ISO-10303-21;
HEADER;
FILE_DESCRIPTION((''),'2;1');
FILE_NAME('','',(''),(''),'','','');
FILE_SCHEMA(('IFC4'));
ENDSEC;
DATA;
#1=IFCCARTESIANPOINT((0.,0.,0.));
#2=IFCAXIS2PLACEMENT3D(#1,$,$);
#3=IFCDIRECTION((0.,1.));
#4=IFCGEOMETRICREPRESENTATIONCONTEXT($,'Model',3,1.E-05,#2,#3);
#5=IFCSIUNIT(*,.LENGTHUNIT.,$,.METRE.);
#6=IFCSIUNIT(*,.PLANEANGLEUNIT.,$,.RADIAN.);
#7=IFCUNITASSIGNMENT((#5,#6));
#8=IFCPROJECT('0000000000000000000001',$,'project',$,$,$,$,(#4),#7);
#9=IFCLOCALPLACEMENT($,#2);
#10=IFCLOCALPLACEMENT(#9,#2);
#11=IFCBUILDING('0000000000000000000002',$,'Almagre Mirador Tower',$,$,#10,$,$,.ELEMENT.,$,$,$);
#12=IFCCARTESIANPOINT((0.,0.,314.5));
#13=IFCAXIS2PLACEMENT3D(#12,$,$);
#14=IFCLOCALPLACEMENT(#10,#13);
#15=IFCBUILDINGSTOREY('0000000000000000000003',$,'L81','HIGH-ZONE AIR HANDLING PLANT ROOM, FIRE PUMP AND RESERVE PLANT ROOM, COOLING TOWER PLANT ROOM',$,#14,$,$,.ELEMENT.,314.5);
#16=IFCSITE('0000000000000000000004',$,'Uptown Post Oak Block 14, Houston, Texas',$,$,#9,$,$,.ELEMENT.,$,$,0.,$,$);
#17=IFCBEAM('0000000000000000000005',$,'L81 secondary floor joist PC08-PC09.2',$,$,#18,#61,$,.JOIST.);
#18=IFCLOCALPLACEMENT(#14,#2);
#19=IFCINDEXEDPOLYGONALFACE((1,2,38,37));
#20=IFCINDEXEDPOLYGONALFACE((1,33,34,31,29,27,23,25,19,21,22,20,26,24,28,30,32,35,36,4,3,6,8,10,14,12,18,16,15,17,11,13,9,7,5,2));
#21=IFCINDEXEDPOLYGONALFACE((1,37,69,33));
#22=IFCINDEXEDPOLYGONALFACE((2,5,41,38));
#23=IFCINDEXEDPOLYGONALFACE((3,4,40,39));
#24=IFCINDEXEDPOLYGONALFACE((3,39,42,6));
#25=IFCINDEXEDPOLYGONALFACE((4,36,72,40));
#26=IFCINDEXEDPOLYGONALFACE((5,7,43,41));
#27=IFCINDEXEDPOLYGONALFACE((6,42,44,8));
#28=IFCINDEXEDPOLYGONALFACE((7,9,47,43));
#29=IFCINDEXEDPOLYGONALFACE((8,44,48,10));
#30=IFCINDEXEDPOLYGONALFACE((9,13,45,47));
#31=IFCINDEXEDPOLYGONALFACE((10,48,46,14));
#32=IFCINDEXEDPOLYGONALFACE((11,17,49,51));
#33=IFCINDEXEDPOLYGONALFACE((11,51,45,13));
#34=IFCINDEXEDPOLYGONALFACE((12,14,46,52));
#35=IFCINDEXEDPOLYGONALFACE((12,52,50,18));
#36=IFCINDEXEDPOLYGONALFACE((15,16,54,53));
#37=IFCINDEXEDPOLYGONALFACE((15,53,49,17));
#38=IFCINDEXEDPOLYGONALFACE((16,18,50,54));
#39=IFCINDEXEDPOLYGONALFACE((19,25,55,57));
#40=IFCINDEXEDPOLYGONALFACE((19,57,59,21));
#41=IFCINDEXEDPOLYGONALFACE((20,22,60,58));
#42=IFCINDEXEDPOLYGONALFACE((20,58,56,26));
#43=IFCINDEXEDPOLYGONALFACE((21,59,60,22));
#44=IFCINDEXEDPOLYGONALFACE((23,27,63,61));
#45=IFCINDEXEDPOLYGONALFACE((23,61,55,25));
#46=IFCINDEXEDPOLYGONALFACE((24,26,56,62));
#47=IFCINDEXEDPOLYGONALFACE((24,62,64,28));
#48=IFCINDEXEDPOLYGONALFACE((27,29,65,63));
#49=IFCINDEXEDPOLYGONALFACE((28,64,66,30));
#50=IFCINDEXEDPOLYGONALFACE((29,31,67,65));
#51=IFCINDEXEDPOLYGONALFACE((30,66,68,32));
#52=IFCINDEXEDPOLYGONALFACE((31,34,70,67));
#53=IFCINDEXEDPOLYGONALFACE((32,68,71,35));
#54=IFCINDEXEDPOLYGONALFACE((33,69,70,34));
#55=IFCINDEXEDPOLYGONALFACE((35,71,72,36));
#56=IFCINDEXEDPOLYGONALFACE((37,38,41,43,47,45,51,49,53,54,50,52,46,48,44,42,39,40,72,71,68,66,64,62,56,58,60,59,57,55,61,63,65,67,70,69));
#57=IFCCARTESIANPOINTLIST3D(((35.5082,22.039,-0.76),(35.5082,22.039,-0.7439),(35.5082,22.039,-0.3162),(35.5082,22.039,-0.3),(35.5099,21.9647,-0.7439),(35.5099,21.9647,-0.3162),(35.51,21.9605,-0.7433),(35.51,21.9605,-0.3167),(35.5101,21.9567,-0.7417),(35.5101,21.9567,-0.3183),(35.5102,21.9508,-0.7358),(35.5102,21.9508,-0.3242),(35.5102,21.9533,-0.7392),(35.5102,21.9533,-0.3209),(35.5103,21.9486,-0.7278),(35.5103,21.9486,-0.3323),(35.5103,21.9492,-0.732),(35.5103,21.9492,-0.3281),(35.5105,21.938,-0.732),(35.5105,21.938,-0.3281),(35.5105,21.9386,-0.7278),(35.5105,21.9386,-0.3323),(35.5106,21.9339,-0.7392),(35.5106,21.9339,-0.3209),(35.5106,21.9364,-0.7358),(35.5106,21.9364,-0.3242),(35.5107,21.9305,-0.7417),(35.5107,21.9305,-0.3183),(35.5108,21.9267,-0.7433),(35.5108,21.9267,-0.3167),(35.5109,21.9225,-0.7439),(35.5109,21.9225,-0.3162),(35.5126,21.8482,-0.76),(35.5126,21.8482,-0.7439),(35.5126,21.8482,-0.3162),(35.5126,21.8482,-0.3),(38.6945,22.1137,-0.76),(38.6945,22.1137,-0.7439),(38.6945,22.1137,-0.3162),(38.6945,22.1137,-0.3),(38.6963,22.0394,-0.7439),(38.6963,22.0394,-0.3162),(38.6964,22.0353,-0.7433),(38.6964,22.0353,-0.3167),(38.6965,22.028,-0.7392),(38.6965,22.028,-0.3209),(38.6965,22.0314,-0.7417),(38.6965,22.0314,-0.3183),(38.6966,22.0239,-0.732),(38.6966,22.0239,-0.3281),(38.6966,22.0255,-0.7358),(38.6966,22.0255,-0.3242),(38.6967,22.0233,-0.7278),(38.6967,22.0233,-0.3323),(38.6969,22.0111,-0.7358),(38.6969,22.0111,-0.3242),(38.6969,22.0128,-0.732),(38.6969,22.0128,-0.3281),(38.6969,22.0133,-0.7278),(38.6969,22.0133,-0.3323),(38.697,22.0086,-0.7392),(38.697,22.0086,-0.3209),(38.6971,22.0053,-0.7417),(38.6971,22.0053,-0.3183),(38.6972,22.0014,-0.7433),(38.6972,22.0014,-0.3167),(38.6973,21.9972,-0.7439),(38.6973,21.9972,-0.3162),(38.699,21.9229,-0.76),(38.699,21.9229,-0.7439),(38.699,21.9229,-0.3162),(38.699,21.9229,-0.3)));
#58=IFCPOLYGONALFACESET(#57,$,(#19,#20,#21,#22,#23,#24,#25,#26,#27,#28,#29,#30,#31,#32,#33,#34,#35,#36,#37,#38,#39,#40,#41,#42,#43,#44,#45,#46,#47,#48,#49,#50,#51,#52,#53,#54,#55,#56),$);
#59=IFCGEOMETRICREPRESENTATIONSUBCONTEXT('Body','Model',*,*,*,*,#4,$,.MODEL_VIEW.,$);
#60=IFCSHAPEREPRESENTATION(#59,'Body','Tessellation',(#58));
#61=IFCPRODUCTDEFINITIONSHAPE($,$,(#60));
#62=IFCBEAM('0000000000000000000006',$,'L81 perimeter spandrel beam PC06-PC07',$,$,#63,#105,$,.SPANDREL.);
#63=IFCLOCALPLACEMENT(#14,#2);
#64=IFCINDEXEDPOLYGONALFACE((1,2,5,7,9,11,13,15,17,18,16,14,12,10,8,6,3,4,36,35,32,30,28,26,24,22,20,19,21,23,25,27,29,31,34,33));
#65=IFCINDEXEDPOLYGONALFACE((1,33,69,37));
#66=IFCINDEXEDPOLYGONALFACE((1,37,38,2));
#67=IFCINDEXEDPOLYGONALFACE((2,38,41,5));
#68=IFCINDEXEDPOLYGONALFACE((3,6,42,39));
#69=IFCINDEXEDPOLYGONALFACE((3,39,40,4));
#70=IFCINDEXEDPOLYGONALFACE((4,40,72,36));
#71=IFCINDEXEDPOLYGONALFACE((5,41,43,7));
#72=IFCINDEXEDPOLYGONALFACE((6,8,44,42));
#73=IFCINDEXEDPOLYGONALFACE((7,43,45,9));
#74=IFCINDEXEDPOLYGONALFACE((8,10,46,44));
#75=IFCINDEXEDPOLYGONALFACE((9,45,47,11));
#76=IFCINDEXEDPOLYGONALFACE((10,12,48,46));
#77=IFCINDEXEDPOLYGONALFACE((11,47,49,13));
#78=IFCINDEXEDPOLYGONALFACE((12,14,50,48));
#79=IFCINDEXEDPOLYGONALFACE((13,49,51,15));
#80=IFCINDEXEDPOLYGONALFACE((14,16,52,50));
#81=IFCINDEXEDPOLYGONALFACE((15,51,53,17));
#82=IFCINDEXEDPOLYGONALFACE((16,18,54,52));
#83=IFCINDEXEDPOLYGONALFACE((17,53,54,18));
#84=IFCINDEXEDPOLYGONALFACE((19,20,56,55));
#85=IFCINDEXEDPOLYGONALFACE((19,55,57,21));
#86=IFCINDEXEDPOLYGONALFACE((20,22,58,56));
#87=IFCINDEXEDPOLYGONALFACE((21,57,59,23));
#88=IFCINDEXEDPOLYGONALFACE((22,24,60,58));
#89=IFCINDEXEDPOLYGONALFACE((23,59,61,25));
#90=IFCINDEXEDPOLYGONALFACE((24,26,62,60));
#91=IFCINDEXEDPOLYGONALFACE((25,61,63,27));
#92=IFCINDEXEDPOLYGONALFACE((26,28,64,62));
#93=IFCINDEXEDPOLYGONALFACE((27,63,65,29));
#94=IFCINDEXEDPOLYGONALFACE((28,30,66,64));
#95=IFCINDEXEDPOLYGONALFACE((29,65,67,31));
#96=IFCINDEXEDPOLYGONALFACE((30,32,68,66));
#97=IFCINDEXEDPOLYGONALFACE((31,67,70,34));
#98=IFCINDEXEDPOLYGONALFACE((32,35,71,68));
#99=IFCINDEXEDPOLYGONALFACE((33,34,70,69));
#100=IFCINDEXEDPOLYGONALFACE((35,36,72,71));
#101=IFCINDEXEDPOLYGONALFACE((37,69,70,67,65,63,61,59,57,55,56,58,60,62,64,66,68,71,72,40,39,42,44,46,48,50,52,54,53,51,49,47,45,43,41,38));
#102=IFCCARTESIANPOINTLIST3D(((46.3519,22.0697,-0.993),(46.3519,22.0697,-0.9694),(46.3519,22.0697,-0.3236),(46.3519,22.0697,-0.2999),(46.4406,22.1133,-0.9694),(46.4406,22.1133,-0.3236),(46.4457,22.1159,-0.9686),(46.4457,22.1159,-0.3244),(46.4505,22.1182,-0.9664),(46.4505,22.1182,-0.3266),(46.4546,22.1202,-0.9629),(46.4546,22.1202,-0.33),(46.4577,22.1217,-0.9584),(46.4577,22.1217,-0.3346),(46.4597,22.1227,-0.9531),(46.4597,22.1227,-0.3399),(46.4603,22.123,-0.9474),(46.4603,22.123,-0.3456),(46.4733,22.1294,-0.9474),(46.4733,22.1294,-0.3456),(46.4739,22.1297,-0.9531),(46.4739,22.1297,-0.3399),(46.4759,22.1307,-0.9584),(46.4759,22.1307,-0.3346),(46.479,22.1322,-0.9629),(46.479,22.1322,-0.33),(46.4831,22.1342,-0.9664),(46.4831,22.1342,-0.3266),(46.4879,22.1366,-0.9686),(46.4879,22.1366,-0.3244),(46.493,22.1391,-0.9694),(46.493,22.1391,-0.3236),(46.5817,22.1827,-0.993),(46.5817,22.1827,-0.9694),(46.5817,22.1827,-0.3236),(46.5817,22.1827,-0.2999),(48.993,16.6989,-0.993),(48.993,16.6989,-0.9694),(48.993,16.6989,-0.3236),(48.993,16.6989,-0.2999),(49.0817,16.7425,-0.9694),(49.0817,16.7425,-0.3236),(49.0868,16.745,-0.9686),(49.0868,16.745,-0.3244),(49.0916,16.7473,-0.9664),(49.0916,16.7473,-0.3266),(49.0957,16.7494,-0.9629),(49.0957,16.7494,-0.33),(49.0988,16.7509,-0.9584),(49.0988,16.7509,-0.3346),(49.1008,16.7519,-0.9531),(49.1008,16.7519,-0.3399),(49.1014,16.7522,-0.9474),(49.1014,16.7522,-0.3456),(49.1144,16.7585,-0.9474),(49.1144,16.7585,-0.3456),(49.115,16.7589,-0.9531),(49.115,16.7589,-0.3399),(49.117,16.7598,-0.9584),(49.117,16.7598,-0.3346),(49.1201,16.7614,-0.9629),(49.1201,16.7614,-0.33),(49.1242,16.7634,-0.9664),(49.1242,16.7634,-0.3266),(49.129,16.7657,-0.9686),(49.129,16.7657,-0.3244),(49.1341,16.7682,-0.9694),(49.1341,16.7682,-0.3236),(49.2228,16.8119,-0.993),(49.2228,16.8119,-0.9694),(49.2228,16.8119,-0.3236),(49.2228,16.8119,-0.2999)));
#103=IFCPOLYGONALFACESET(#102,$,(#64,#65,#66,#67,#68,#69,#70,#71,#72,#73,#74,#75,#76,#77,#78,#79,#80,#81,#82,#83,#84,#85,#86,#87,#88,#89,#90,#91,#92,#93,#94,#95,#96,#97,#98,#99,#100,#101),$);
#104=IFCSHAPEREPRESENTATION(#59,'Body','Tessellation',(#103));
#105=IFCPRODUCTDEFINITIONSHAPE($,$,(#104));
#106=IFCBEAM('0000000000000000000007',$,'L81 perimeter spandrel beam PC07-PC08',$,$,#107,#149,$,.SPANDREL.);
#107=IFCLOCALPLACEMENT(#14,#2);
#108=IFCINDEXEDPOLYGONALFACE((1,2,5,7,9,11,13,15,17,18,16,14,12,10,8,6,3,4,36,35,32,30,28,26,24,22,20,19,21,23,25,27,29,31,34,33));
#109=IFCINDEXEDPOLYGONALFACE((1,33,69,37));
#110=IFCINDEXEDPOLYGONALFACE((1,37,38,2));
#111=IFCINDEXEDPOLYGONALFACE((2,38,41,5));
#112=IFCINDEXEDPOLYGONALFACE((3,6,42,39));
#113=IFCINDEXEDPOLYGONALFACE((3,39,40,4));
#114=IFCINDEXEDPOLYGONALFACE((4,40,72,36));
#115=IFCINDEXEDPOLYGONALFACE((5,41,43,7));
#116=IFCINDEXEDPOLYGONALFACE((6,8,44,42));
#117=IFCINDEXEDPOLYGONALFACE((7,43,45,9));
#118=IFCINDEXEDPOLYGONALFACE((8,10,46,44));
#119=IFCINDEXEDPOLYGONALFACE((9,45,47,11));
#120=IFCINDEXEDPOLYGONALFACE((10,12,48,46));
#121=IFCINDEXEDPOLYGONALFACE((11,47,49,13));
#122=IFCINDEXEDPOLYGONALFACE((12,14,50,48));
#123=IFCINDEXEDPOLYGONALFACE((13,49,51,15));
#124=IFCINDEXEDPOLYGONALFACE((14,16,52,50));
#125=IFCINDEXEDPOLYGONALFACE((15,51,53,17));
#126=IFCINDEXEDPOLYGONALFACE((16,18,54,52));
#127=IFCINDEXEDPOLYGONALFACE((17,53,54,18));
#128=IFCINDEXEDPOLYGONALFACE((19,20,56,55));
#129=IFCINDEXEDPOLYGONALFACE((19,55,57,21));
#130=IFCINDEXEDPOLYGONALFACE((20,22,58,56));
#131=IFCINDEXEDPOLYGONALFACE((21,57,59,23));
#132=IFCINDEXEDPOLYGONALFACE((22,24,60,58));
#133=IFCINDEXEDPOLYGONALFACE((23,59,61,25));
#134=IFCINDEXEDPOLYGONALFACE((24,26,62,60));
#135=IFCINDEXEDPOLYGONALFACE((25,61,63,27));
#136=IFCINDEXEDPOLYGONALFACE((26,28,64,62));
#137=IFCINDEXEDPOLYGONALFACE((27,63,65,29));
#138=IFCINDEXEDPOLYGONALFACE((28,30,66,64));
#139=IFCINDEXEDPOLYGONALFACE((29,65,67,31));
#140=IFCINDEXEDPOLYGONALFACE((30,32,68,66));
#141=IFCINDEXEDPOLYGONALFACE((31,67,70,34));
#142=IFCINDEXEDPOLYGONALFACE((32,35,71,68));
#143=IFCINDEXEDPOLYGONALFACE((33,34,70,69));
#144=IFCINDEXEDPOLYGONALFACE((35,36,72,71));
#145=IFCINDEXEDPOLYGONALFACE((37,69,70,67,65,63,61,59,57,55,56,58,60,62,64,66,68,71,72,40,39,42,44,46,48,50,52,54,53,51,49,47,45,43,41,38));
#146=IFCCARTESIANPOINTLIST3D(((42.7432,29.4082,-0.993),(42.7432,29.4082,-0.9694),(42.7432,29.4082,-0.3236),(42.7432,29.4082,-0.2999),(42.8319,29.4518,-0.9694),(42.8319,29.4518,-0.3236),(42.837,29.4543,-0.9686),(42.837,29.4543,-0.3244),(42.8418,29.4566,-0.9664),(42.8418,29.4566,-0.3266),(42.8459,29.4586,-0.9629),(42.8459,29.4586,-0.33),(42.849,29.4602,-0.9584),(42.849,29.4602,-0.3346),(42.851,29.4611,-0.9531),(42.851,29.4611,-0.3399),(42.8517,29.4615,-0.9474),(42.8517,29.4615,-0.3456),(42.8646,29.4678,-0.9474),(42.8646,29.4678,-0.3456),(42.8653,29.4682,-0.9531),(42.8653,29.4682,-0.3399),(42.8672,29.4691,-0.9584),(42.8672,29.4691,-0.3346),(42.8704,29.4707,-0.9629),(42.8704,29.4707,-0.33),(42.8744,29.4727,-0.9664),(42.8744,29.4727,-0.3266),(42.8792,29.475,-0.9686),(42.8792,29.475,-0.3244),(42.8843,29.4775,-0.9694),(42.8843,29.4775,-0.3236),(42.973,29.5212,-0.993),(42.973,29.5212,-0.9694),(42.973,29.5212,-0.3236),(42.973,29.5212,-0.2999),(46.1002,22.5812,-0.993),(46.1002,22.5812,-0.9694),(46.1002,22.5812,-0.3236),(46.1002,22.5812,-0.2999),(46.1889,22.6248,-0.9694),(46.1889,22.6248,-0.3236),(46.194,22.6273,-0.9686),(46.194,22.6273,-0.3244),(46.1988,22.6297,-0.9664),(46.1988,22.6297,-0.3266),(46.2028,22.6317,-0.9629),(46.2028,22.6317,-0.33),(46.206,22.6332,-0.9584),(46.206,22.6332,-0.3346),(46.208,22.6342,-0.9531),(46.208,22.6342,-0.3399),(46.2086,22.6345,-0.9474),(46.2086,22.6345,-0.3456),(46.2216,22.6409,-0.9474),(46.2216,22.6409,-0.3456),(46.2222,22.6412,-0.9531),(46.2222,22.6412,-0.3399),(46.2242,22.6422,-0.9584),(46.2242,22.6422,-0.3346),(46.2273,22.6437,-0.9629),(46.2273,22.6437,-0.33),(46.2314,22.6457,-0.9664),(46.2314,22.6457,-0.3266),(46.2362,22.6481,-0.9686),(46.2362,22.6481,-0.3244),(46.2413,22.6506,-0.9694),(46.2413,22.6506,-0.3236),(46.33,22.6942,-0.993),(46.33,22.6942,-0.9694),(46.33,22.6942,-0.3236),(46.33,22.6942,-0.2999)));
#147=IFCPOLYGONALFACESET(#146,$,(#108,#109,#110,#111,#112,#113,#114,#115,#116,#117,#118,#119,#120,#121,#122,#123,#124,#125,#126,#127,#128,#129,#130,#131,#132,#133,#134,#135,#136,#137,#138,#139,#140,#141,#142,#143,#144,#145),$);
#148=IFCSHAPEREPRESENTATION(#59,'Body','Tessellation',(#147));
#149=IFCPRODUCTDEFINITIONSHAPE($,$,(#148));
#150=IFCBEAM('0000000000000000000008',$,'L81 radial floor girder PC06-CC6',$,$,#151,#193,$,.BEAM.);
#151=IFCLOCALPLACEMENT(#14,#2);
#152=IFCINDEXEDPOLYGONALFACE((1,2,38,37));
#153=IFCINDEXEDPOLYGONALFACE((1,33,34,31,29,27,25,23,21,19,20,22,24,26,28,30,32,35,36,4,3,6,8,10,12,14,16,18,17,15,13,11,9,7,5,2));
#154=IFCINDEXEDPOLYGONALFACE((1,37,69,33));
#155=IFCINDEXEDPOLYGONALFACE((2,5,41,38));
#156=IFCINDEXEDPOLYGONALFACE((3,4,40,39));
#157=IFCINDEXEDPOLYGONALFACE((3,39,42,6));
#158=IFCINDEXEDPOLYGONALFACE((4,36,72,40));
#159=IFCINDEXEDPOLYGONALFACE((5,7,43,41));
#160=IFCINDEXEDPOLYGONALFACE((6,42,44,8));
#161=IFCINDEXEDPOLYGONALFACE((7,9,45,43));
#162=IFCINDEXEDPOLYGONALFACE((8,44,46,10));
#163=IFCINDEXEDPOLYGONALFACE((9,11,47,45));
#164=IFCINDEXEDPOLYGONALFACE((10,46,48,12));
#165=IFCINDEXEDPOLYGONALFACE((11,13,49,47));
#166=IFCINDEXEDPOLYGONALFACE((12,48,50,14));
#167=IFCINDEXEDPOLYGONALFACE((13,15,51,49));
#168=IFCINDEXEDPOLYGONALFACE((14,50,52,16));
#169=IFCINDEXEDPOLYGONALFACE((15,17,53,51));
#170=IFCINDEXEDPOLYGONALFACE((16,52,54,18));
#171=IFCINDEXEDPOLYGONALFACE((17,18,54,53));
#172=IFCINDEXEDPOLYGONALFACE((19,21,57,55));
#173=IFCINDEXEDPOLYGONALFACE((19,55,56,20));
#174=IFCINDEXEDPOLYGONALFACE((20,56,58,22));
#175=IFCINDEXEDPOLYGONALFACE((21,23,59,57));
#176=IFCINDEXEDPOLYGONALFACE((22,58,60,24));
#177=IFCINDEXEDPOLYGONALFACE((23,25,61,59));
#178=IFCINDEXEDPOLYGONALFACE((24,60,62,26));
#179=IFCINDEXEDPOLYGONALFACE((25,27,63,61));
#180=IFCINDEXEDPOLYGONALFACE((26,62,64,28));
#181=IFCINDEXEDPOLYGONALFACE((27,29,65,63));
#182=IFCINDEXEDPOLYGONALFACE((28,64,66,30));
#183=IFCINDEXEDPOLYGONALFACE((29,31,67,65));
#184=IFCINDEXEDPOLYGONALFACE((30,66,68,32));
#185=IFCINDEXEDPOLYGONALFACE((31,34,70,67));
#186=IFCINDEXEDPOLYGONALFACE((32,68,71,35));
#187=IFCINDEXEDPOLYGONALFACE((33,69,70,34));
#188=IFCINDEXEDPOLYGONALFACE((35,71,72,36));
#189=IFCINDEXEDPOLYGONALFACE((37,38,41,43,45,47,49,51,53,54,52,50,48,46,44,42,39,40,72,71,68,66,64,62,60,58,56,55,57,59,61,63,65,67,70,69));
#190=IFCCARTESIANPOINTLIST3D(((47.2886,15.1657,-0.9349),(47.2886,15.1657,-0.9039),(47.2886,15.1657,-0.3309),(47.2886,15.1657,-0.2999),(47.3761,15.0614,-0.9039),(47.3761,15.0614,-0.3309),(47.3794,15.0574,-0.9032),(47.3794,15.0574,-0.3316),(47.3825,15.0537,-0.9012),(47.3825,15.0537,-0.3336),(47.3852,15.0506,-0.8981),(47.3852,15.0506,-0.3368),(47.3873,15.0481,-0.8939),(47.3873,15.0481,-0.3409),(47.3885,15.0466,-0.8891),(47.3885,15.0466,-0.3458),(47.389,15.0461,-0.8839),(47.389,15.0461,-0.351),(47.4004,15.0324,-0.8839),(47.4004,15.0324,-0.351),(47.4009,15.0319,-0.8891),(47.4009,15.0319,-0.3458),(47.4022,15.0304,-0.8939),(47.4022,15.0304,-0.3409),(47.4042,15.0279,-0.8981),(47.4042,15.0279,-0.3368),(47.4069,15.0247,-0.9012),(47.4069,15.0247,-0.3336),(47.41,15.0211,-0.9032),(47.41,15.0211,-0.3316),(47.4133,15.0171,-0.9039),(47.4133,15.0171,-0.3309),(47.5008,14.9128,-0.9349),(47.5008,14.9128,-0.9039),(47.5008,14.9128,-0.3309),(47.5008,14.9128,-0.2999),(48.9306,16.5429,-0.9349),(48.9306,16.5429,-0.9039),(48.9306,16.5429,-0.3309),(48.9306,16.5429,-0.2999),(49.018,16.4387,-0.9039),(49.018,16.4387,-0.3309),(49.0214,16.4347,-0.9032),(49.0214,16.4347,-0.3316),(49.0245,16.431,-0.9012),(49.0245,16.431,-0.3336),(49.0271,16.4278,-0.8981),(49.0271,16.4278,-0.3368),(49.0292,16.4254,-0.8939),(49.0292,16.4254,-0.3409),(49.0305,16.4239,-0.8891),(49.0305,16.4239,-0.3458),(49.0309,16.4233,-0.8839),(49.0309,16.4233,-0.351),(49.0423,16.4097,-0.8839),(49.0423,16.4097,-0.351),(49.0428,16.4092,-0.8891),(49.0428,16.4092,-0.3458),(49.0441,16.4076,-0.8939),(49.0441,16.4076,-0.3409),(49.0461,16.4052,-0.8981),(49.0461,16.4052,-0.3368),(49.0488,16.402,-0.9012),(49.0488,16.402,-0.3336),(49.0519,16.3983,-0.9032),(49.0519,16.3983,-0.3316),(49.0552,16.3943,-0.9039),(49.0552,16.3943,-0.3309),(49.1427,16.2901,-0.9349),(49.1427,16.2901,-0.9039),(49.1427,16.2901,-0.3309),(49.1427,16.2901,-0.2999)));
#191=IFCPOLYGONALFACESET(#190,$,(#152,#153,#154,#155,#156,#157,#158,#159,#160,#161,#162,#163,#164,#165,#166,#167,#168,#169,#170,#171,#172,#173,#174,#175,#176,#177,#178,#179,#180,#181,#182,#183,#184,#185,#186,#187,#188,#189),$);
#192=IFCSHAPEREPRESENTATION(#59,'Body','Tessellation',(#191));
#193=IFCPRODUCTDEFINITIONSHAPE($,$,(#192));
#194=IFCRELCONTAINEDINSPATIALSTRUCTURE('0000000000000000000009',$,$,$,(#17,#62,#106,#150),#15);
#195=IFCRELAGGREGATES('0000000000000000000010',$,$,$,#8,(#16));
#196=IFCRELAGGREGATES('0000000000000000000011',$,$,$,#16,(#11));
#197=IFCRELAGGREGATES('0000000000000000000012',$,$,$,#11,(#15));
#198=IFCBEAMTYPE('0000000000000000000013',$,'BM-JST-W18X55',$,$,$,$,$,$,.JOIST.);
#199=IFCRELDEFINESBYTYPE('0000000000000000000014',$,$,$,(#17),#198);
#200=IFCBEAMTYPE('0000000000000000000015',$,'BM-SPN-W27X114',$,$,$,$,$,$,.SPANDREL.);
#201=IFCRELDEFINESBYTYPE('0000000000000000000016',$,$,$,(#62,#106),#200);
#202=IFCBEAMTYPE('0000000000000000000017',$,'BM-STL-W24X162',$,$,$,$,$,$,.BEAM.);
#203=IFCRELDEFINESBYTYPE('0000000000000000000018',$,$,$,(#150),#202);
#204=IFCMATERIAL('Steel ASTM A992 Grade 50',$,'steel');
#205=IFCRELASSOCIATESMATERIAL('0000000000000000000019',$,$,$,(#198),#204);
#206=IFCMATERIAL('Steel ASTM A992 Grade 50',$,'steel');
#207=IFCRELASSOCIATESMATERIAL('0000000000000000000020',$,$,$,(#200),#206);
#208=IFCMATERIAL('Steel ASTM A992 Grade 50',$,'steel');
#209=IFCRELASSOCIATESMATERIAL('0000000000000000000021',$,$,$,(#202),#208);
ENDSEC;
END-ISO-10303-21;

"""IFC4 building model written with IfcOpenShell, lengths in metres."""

from ifc_helpers import new_model, si_unit, direction, frame, origin, origin_2d, place, context, subcontext, project, spatial, i_section, extrude, material, material_profile, profile_set, type_object, element, save


model = new_model("IFC4")

# Units and contexts
model_context = context("Model", 3, precision=1e-05, world=origin(), true_north=direction((0.0, 1.0)))
body_context = subcontext(model_context, "Body", "Model", "MODEL_VIEW")
ifc_project = project(units=[si_unit("LENGTHUNIT", "METRE"), si_unit("PLANEANGLEUNIT", "RADIAN")], contexts=[model_context])

# Site, building, storey
site_placement = place(None, origin())
site = spatial("IfcSite", under=ifc_project, at=site_placement, Name="Uptown Post Oak Block 14, Houston, Texas", CompositionType="ELEMENT", RefElevation=0.0)
building_placement = place(site_placement, origin())
building = spatial("IfcBuilding", under=site, at=building_placement, Name="Almagre Mirador Tower", CompositionType="ELEMENT")
storey_placement = place(building_placement, frame((0.0, 0.0, 314.5)))
storey = spatial("IfcBuildingStorey", under=building, at=storey_placement, Name="L81", Description="HIGH-ZONE AIR HANDLING PLANT ROOM, FIRE PUMP AND RESERVE PLANT ROOM, COOLING TOWER PLANT ROOM", CompositionType="ELEMENT", Elevation=314.5)

# Beams
ifc_material_1 = material(Name="Steel ASTM A992 Grade 50", Category="steel")
ifc_material_profile_1 = material_profile(ifc_material_1, i_section(OverallWidth=0.1909, OverallDepth=0.46, WebThickness=0.01, FlangeThickness=0.0161, FilletRadius=0.0161, at=origin_2d()), Name="W18X55")
ifc_profile_set_1 = profile_set([ifc_material_profile_1], Name="Steel ASTM A992 Grade 50")
beam_type_1 = type_object("IfcBeamType", Name="BM-JST-W18X55", PredefinedType="JOIST", material=ifc_profile_set_1)
beam_1_placement = place(storey_placement, frame((38.6968, 22.0183, -0.53), z_axis=(-0.999725, -0.02344, 0.0), x_axis=(0.02344, -0.999725, 0.0)))
element("IfcBeam", 1, at=beam_1_placement, inside=storey, type_object=beam_type_1, Name="L81 secondary floor joist PC08-PC09.2", PredefinedType="JOIST", context=body_context, shape_type="SweptSolid", body=[
    extrude(i_section(OverallWidth=0.1909, OverallDepth=0.46, WebThickness=0.01, FlangeThickness=0.0161, FilletRadius=0.0161, at=origin_2d()), origin(), (0.0, 0.0, 1.0), 3.1873),
])
ifc_material_2 = material(Name="Steel ASTM A992 Grade 50", Category="steel")
ifc_material_profile_2 = material_profile(ifc_material_2, i_section(OverallWidth=0.2561, OverallDepth=0.6931, WebThickness=0.0144, FlangeThickness=0.0237, FilletRadius=0.022, at=origin_2d()), Name="W27X114")
ifc_profile_set_2 = profile_set([ifc_material_profile_2], Name="Steel ASTM A992 Grade 50")
beam_type_2 = type_object("IfcBeamType", Name="BM-SPN-W27X114", PredefinedType="SPANDREL", material=ifc_profile_set_2)
beam_2_placement = place(storey_placement, frame((49.1079, 16.7554, -0.6465), z_axis=(-0.441281, 0.897369, 0.0), x_axis=(-0.897369, -0.441281, 0.0)))
element("IfcBeam", 2, at=beam_2_placement, inside=storey, type_object=beam_type_2, Name="L81 perimeter spandrel beam PC06-PC07", PredefinedType="SPANDREL", context=body_context, shape_type="SweptSolid", body=[
    extrude(i_section(OverallWidth=0.2561, OverallDepth=0.6931, WebThickness=0.0144, FlangeThickness=0.0237, FilletRadius=0.022, at=origin_2d()), origin(), (0.0, 0.0, 1.0), 5.9851),
])
beam_3_placement = place(storey_placement, frame((46.2151, 22.6377, -0.6465), z_axis=(-0.44126, 0.897379, 0.0), x_axis=(-0.897379, -0.44126, 0.0)))
element("IfcBeam", 3, at=beam_3_placement, inside=storey, type_object=beam_type_2, Name="L81 perimeter spandrel beam PC07-PC08", PredefinedType="SPANDREL", context=body_context, shape_type="SweptSolid", body=[
    extrude(i_section(OverallWidth=0.2561, OverallDepth=0.6931, WebThickness=0.0144, FlangeThickness=0.0237, FilletRadius=0.022, at=origin_2d()), origin(), (0.0, 0.0, 1.0), 7.6077),
])
ifc_material_3 = material(Name="Steel ASTM A992 Grade 50", Category="steel")
ifc_material_profile_3 = material_profile(ifc_material_3, i_section(OverallWidth=0.3301, OverallDepth=0.635, WebThickness=0.0178, FlangeThickness=0.031, FilletRadius=0.02, at=origin_2d()), Name="W24X162")
ifc_profile_set_3 = profile_set([ifc_material_profile_3], Name="Steel ASTM A992 Grade 50")
beam_type_3 = type_object("IfcBeamType", Name="BM-STL-W24X162", PredefinedType="BEAM", material=ifc_profile_set_3)
beam_4_placement = place(storey_placement, frame((49.0366, 16.4165, -0.6174), z_axis=(-0.766154, -0.642658, 0.0), x_axis=(0.642658, -0.766154, 0.0)))
element("IfcBeam", 4, at=beam_4_placement, inside=storey, type_object=beam_type_3, Name="L81 radial floor girder PC06-CC6", PredefinedType="BEAM", context=body_context, shape_type="SweptSolid", body=[
    extrude(i_section(OverallWidth=0.3301, OverallDepth=0.635, WebThickness=0.0178, FlangeThickness=0.031, FilletRadius=0.02, at=origin_2d()), origin(), (0.0, 0.0, 1.0), 2.1431),
])

save(model, "model.ifc")
